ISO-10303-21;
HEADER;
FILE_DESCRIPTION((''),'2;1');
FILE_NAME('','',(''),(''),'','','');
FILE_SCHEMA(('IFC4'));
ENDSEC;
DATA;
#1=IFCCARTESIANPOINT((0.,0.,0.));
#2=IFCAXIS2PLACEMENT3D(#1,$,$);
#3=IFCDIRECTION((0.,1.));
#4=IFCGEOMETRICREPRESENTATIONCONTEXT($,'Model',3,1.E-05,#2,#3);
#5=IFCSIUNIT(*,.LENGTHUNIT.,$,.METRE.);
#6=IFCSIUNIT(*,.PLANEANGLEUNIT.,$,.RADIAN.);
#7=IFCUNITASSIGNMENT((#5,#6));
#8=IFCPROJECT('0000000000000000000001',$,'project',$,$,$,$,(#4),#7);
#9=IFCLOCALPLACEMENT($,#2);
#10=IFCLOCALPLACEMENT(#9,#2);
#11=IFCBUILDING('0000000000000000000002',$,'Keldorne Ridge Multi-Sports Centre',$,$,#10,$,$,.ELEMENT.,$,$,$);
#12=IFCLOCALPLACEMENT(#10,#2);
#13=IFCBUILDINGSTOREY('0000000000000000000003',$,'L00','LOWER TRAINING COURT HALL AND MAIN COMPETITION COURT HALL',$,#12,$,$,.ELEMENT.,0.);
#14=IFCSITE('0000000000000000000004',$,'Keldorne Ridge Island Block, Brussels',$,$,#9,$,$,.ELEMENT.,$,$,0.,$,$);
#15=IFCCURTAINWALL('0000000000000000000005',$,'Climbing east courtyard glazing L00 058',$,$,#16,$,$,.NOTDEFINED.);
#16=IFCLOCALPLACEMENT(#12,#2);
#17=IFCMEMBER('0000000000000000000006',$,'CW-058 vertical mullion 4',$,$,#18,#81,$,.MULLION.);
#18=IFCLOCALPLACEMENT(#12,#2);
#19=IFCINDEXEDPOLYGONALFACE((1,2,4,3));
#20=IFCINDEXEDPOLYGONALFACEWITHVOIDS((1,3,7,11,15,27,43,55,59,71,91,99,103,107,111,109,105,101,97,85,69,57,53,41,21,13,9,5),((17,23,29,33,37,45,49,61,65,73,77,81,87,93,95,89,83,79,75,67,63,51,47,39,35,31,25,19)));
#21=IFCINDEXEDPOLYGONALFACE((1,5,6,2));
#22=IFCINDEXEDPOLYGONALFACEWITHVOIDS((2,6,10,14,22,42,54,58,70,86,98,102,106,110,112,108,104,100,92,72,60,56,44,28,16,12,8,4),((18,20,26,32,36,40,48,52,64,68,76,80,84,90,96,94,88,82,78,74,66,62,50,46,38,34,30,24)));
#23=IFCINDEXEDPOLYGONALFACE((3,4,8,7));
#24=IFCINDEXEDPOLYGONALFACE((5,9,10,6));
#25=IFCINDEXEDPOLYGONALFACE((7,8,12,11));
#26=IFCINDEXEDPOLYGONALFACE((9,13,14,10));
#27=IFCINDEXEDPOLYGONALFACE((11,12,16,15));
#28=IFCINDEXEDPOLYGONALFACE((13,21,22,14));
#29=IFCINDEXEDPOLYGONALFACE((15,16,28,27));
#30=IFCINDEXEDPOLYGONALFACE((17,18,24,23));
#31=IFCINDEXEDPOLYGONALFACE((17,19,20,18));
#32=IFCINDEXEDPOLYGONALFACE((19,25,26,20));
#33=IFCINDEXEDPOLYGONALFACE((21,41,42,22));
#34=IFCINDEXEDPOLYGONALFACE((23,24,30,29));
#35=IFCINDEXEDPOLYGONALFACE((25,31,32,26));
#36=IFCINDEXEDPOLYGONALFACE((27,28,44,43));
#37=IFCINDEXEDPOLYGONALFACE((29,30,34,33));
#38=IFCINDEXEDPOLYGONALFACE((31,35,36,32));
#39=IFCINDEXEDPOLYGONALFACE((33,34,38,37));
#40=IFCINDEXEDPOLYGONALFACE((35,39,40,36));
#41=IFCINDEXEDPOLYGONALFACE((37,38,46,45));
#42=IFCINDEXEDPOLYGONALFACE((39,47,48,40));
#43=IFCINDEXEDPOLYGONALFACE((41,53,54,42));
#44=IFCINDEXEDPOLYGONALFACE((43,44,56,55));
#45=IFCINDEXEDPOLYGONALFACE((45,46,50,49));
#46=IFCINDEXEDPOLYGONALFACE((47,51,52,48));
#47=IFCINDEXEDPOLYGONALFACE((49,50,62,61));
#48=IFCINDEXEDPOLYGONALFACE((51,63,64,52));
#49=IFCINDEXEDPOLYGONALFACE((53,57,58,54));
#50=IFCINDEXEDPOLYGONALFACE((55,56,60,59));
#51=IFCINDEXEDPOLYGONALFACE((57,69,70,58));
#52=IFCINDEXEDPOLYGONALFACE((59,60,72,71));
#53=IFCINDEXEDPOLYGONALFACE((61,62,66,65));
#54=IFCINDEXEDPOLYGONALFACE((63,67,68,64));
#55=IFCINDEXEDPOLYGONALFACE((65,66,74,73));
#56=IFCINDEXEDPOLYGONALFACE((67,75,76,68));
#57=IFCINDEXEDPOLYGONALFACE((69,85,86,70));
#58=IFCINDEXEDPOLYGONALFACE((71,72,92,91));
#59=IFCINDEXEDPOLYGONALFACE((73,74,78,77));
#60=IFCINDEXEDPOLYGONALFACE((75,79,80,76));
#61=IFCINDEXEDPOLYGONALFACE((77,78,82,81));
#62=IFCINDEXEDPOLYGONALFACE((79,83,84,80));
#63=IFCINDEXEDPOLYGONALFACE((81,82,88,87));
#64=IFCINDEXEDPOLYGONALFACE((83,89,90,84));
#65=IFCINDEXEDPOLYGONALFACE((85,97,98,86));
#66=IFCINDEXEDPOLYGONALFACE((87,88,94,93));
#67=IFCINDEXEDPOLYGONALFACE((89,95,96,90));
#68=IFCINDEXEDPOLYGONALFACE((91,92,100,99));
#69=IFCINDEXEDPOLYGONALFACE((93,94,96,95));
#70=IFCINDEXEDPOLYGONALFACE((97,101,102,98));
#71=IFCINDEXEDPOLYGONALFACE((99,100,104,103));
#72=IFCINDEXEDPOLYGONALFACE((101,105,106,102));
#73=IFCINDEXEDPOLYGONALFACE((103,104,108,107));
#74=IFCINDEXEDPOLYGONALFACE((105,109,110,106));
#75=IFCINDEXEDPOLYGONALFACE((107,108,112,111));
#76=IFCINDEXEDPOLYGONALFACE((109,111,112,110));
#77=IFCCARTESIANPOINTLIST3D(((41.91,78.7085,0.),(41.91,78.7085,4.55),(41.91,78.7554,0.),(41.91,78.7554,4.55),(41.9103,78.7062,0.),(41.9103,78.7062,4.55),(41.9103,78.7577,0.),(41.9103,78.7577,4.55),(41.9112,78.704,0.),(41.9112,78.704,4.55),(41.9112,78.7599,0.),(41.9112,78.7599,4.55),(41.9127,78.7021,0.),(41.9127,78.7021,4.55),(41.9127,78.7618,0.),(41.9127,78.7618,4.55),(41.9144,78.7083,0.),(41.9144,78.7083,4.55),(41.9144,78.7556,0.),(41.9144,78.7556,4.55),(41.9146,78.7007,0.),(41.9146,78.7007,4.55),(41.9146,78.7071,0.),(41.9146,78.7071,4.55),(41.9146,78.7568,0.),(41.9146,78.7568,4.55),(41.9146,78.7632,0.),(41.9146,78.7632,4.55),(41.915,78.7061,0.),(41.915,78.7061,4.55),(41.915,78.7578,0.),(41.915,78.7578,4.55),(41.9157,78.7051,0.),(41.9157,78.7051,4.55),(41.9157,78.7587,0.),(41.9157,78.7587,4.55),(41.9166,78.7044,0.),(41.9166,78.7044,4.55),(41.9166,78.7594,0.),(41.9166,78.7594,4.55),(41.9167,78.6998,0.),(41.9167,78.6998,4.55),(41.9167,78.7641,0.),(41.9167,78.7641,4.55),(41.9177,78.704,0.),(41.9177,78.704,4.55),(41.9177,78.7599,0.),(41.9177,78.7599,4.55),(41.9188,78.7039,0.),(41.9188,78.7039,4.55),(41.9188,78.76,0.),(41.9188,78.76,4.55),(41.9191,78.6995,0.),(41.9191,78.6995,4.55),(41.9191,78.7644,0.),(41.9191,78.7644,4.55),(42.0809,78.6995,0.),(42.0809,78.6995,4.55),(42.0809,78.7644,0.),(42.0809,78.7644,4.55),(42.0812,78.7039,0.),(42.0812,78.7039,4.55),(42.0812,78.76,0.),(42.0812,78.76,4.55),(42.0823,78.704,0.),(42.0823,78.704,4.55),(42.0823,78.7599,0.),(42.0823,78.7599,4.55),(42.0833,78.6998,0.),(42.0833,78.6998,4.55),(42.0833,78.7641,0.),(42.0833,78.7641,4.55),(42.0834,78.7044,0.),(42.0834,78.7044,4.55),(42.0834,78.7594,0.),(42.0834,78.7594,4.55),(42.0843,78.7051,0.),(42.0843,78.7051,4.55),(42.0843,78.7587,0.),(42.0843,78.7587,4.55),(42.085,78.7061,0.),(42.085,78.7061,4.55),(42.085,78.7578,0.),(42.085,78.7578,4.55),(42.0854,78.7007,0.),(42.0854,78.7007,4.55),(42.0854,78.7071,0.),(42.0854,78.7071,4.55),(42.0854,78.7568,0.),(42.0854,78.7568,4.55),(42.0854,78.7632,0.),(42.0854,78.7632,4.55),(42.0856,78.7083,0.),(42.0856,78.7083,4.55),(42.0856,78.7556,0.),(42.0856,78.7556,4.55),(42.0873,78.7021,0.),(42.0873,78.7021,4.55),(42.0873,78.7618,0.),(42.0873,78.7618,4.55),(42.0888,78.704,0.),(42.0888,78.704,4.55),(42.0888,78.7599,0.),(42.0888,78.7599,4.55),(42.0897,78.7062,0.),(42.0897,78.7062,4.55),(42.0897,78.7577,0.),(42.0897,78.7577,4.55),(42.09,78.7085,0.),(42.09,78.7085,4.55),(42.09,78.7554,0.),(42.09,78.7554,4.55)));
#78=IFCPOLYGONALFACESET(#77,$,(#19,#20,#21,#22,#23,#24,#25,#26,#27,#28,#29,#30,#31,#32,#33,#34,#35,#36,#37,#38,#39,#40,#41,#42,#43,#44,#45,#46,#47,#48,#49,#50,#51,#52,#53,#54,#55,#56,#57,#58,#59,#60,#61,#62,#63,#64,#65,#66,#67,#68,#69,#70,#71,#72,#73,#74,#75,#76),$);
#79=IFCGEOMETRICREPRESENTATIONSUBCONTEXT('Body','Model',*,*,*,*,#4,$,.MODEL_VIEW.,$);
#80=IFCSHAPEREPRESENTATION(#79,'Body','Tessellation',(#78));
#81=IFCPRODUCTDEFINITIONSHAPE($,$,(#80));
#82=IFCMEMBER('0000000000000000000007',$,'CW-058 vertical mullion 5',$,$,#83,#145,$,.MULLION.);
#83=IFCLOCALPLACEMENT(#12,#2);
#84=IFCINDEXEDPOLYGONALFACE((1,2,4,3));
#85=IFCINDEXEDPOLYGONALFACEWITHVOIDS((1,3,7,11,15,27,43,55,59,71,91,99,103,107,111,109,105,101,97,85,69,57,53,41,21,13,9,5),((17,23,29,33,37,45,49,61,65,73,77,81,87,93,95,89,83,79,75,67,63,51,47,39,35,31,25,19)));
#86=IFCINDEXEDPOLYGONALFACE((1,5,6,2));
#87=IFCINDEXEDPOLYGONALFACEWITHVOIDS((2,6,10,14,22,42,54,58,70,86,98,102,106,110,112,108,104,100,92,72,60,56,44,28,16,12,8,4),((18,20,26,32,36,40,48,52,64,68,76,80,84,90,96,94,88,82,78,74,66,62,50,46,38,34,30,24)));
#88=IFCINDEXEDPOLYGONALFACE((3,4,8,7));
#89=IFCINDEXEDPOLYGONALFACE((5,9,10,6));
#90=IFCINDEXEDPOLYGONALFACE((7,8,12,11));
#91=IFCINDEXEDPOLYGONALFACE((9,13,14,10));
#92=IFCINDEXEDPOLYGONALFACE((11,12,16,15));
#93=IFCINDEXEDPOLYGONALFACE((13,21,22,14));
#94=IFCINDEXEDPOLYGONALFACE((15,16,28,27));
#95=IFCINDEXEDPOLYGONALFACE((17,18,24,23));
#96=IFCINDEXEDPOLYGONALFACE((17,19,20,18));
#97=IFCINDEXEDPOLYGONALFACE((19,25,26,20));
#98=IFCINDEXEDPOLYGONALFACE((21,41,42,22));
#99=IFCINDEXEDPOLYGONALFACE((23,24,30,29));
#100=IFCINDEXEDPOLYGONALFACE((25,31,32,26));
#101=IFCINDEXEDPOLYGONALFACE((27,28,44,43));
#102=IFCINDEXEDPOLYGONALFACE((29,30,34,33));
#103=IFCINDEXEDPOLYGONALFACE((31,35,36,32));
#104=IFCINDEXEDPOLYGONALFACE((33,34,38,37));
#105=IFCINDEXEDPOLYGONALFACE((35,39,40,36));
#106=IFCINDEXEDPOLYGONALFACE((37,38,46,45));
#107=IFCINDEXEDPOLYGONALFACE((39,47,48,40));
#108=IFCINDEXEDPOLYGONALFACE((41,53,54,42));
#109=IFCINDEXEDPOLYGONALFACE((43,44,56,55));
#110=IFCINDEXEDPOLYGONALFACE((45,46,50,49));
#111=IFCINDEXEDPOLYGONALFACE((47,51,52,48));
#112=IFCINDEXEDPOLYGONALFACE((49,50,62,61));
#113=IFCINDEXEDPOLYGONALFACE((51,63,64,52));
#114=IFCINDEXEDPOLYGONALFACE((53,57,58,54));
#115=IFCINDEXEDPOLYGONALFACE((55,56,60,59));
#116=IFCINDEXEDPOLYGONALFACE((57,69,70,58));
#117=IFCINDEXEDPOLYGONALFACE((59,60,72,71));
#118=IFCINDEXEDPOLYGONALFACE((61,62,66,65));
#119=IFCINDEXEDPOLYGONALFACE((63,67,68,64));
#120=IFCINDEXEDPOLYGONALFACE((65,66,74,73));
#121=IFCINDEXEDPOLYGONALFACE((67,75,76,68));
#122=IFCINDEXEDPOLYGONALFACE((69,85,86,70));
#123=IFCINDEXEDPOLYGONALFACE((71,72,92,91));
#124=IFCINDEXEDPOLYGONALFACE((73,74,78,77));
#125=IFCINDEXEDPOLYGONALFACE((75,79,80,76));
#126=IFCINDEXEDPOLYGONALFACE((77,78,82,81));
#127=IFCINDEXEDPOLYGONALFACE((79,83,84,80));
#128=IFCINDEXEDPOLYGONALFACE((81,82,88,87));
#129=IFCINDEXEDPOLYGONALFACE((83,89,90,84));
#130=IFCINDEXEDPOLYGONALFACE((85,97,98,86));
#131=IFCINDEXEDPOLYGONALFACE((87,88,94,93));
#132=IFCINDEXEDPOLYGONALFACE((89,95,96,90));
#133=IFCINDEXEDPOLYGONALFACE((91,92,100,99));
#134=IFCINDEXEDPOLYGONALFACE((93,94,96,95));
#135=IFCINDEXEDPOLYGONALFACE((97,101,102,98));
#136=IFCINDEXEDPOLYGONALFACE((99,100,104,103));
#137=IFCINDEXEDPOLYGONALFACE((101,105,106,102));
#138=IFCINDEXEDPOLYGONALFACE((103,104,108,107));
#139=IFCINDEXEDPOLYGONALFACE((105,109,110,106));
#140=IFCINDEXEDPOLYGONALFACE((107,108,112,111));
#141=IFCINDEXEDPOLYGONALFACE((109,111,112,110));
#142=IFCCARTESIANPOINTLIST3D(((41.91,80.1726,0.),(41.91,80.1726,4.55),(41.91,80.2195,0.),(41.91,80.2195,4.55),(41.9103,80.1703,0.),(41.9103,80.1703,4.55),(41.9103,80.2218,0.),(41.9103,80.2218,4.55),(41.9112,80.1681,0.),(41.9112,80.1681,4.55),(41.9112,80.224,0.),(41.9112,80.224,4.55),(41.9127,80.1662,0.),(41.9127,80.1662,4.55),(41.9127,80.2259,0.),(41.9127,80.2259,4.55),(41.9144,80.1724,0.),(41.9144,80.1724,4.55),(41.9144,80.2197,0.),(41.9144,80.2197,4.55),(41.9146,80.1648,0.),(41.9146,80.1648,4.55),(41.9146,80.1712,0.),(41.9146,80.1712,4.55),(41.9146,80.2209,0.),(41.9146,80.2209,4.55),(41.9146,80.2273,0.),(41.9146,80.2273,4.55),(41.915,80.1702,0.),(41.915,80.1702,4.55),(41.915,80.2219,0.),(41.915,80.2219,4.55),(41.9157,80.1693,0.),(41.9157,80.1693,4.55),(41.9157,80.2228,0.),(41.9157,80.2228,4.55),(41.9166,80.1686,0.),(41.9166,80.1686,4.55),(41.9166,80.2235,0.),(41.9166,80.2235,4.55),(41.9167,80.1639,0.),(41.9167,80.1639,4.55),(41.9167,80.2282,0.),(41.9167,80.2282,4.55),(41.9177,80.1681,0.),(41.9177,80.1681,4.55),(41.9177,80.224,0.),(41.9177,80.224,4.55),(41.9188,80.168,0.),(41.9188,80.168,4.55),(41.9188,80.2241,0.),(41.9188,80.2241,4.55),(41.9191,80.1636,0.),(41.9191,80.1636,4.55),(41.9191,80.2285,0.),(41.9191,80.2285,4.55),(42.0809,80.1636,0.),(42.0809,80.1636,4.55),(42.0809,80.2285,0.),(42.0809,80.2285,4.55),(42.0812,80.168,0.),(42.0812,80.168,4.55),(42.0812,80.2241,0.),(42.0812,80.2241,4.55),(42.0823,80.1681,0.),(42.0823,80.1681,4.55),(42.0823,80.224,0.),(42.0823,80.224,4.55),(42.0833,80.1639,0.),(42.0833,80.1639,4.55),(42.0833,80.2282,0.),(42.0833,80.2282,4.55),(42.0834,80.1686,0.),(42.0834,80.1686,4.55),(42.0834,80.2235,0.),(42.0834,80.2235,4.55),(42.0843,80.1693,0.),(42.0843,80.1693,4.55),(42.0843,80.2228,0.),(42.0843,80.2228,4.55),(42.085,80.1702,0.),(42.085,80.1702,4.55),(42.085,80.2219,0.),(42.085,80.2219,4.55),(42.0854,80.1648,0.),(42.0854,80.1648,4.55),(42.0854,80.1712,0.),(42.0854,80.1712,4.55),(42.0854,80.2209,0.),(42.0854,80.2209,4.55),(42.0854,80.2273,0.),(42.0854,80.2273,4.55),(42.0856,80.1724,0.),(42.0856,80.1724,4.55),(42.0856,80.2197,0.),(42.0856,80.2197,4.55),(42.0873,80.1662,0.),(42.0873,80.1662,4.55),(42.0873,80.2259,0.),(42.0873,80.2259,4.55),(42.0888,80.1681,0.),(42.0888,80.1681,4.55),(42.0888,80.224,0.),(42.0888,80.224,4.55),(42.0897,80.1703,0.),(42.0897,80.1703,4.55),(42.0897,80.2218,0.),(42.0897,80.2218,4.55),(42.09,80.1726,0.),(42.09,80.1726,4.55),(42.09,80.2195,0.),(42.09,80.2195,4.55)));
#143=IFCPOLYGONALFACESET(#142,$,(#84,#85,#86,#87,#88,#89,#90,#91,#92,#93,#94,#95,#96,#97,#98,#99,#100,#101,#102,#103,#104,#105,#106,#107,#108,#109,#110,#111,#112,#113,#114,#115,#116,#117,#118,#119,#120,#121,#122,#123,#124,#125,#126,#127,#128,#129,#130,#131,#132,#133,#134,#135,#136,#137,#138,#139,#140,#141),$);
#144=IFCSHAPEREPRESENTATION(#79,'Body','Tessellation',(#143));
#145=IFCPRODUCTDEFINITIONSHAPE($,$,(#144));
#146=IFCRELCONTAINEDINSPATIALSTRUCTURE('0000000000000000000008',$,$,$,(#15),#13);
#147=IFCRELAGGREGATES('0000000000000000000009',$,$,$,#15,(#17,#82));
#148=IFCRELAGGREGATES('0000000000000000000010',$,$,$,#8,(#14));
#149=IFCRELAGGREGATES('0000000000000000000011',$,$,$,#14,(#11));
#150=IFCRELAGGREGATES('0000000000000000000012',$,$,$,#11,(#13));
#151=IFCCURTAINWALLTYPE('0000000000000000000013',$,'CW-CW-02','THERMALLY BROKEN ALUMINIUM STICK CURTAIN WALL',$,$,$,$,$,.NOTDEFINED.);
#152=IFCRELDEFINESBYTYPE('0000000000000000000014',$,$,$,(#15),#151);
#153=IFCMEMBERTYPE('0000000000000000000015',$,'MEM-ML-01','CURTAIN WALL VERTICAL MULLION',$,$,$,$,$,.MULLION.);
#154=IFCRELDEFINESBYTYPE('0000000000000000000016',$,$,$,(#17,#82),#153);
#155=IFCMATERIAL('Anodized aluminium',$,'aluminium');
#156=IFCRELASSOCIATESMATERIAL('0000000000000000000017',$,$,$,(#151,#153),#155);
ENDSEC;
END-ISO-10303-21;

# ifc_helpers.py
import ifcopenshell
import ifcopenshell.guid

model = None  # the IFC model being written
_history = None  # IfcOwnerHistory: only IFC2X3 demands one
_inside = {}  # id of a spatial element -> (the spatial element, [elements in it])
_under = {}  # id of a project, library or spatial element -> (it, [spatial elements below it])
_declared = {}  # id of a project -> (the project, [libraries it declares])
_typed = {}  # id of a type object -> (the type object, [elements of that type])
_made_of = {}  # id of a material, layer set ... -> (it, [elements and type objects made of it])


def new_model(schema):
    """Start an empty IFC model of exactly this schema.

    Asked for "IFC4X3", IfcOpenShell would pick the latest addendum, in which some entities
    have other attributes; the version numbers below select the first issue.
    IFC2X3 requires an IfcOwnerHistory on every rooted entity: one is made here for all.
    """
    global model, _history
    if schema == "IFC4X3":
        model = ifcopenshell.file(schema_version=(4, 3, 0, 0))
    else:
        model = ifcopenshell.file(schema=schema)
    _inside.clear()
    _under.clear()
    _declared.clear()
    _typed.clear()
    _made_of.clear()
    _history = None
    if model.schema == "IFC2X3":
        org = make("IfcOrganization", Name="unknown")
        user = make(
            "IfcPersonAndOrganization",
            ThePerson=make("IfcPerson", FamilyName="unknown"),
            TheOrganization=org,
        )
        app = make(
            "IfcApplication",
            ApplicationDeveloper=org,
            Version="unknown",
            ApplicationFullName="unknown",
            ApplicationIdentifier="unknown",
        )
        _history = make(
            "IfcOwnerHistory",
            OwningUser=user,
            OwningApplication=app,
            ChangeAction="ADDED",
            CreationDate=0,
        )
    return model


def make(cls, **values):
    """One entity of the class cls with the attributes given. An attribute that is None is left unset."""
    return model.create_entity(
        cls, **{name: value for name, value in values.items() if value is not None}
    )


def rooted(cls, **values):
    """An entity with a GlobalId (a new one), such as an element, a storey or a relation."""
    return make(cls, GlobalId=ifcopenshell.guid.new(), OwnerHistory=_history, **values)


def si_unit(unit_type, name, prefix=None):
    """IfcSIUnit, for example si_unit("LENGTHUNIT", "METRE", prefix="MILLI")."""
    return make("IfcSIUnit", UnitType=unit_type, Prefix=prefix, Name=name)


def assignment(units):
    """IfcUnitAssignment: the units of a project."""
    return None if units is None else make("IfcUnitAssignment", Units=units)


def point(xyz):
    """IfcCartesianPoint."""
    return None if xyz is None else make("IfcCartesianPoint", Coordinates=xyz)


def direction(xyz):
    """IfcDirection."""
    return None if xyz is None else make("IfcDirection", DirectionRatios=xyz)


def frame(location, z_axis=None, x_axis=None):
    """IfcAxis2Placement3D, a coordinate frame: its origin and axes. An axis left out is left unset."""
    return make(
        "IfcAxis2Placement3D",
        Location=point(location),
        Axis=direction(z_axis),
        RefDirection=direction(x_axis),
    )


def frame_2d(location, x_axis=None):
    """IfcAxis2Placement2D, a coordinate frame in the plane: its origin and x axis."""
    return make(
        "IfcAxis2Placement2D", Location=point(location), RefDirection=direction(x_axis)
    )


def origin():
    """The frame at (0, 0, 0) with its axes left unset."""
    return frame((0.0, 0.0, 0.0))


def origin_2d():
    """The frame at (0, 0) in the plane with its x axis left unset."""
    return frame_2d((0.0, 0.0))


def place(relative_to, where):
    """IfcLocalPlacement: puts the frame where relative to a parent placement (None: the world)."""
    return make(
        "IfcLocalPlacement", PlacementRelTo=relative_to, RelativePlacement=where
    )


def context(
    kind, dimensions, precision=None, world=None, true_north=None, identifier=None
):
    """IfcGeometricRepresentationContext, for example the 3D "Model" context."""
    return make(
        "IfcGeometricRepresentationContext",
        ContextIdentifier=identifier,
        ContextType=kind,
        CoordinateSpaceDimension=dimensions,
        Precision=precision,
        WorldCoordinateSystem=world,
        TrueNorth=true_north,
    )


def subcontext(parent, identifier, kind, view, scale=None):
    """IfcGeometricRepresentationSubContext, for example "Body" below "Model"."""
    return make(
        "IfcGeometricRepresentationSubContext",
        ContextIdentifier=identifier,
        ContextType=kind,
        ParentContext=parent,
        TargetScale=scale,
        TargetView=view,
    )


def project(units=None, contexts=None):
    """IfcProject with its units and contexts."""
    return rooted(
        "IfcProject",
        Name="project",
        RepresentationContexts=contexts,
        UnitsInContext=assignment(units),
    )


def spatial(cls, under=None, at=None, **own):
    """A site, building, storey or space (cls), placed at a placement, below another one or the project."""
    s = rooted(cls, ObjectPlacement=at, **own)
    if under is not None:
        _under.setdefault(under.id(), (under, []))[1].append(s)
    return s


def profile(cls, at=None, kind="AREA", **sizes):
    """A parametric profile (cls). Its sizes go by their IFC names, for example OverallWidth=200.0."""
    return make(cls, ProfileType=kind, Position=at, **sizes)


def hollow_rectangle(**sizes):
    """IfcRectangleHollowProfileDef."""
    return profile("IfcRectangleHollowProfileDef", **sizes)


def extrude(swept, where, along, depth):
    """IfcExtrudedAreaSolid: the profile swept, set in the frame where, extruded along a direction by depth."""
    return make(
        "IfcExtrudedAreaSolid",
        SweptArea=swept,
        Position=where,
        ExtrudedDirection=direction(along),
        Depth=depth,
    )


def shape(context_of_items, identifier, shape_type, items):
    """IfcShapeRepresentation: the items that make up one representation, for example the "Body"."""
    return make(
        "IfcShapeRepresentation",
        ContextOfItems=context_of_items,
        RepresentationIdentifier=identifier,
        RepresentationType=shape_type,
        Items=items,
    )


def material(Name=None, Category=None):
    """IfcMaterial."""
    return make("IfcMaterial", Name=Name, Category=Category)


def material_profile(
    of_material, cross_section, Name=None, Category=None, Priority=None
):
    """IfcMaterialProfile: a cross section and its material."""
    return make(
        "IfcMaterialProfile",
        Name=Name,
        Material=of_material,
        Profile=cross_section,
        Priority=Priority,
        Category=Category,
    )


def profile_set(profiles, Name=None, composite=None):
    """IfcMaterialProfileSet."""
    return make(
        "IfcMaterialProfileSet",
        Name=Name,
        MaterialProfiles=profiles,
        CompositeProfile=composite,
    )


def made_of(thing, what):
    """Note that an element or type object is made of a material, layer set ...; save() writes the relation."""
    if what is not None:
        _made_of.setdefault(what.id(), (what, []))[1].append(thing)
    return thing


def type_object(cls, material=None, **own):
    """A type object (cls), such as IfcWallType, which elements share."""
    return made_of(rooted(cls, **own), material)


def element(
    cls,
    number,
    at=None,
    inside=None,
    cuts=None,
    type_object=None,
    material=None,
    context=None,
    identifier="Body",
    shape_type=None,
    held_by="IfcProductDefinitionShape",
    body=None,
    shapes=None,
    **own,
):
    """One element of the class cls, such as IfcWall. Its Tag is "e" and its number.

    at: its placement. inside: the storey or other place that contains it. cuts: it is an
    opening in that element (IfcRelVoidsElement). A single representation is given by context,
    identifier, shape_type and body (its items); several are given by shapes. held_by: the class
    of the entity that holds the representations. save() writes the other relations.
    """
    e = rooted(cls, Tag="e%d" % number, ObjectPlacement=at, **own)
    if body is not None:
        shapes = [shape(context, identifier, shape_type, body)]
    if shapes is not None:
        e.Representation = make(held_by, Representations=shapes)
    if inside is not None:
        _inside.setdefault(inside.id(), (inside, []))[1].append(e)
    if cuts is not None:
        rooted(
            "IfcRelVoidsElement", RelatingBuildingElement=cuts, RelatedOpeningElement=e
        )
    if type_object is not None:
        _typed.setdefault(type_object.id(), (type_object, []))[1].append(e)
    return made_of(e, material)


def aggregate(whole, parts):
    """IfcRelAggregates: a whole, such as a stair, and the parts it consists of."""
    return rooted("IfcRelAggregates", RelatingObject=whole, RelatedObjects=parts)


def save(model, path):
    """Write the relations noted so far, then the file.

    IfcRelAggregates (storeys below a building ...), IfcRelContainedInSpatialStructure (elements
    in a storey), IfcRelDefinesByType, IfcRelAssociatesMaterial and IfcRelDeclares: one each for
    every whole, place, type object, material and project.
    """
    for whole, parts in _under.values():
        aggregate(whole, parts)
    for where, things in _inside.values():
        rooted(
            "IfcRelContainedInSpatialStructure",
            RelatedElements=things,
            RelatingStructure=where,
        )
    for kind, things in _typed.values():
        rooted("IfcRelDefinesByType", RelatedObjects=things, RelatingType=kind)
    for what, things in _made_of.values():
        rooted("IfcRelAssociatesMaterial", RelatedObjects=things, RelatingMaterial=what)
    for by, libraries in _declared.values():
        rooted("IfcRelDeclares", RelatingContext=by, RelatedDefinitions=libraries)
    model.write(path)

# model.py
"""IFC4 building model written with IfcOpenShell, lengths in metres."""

from ifc_helpers import new_model, si_unit, direction, frame, origin, origin_2d, place, context, subcontext, project, spatial, hollow_rectangle, extrude, material, material_profile, profile_set, type_object, element, aggregate, save


model = new_model("IFC4")

# Units and contexts
model_context = context("Model", 3, precision=1e-05, world=origin(), true_north=direction((0.0, 1.0)))
body_context = subcontext(model_context, "Body", "Model", "MODEL_VIEW")
ifc_project = project(units=[si_unit("LENGTHUNIT", "METRE"), si_unit("PLANEANGLEUNIT", "RADIAN")], contexts=[model_context])

# Site, building, storey
site_placement = place(None, origin())
site = spatial("IfcSite", under=ifc_project, at=site_placement, Name="Keldorne Ridge Island Block, Brussels", CompositionType="ELEMENT", RefElevation=0.0)
building_placement = place(site_placement, origin())
building = spatial("IfcBuilding", under=site, at=building_placement, Name="Keldorne Ridge Multi-Sports Centre", CompositionType="ELEMENT")
storey_placement = place(building_placement, origin())
storey = spatial("IfcBuildingStorey", under=building, at=storey_placement, Name="L00", Description="LOWER TRAINING COURT HALL AND MAIN COMPETITION COURT HALL", CompositionType="ELEMENT", Elevation=0.0)

# Curtain wall, members
ifc_material_1 = material(Name="Anodized aluminium", Category="aluminium")
curtain_wall_type = type_object("IfcCurtainWallType", Name="CW-CW-02", Description="THERMALLY BROKEN ALUMINIUM STICK CURTAIN WALL", PredefinedType="NOTDEFINED", material=ifc_material_1)
curtain_wall_placement = place(storey_placement, origin())
curtain_wall = element("IfcCurtainWall", 1, at=curtain_wall_placement, inside=storey, type_object=curtain_wall_type, Name="Climbing east courtyard glazing L00 058", PredefinedType="NOTDEFINED")
ifc_material_profile_1 = material_profile(ifc_material_1, hollow_rectangle(XDim=0.0649, YDim=0.1799, WallThickness=0.0044, InnerFilletRadius=0.0044, OuterFilletRadius=0.009, at=origin_2d()), Name="ALU MULLION 180x65x4.5")
ifc_profile_set_1 = profile_set([ifc_material_profile_1], Name="Anodized aluminium")
member_type_1 = type_object("IfcMemberType", Name="MEM-ML-01", Description="CURTAIN WALL VERTICAL MULLION", PredefinedType="MULLION", material=ifc_profile_set_1)
member_1_placement = place(storey_placement, frame((42.0, 78.7319, 0.0), z_axis=(0.0, 0.0, 1.0), x_axis=(0.0, 1.0, 0.0)))
member_1 = element("IfcMember", 2, at=member_1_placement, type_object=member_type_1, Name="CW-058 vertical mullion 4", PredefinedType="MULLION", context=body_context, shape_type="SweptSolid", body=[
    extrude(hollow_rectangle(XDim=0.0649, YDim=0.1799, WallThickness=0.0044, InnerFilletRadius=0.0044, OuterFilletRadius=0.009, at=origin_2d()), origin(), (0.0, 0.0, 1.0), 4.55),
])
member_2_placement = place(storey_placement, frame((42.0, 80.196, 0.0), z_axis=(0.0, 0.0, 1.0), x_axis=(0.0, 1.0, 0.0)))
member_2 = element("IfcMember", 3, at=member_2_placement, type_object=member_type_1, Name="CW-058 vertical mullion 5", PredefinedType="MULLION", context=body_context, shape_type="SweptSolid", body=[
    extrude(hollow_rectangle(XDim=0.0649, YDim=0.1799, WallThickness=0.0044, InnerFilletRadius=0.0044, OuterFilletRadius=0.009, at=origin_2d()), origin(), (0.0, 0.0, 1.0), 4.55),
])
aggregate(curtain_wall, [member_1, member_2])

save(model, "model.ifc")
